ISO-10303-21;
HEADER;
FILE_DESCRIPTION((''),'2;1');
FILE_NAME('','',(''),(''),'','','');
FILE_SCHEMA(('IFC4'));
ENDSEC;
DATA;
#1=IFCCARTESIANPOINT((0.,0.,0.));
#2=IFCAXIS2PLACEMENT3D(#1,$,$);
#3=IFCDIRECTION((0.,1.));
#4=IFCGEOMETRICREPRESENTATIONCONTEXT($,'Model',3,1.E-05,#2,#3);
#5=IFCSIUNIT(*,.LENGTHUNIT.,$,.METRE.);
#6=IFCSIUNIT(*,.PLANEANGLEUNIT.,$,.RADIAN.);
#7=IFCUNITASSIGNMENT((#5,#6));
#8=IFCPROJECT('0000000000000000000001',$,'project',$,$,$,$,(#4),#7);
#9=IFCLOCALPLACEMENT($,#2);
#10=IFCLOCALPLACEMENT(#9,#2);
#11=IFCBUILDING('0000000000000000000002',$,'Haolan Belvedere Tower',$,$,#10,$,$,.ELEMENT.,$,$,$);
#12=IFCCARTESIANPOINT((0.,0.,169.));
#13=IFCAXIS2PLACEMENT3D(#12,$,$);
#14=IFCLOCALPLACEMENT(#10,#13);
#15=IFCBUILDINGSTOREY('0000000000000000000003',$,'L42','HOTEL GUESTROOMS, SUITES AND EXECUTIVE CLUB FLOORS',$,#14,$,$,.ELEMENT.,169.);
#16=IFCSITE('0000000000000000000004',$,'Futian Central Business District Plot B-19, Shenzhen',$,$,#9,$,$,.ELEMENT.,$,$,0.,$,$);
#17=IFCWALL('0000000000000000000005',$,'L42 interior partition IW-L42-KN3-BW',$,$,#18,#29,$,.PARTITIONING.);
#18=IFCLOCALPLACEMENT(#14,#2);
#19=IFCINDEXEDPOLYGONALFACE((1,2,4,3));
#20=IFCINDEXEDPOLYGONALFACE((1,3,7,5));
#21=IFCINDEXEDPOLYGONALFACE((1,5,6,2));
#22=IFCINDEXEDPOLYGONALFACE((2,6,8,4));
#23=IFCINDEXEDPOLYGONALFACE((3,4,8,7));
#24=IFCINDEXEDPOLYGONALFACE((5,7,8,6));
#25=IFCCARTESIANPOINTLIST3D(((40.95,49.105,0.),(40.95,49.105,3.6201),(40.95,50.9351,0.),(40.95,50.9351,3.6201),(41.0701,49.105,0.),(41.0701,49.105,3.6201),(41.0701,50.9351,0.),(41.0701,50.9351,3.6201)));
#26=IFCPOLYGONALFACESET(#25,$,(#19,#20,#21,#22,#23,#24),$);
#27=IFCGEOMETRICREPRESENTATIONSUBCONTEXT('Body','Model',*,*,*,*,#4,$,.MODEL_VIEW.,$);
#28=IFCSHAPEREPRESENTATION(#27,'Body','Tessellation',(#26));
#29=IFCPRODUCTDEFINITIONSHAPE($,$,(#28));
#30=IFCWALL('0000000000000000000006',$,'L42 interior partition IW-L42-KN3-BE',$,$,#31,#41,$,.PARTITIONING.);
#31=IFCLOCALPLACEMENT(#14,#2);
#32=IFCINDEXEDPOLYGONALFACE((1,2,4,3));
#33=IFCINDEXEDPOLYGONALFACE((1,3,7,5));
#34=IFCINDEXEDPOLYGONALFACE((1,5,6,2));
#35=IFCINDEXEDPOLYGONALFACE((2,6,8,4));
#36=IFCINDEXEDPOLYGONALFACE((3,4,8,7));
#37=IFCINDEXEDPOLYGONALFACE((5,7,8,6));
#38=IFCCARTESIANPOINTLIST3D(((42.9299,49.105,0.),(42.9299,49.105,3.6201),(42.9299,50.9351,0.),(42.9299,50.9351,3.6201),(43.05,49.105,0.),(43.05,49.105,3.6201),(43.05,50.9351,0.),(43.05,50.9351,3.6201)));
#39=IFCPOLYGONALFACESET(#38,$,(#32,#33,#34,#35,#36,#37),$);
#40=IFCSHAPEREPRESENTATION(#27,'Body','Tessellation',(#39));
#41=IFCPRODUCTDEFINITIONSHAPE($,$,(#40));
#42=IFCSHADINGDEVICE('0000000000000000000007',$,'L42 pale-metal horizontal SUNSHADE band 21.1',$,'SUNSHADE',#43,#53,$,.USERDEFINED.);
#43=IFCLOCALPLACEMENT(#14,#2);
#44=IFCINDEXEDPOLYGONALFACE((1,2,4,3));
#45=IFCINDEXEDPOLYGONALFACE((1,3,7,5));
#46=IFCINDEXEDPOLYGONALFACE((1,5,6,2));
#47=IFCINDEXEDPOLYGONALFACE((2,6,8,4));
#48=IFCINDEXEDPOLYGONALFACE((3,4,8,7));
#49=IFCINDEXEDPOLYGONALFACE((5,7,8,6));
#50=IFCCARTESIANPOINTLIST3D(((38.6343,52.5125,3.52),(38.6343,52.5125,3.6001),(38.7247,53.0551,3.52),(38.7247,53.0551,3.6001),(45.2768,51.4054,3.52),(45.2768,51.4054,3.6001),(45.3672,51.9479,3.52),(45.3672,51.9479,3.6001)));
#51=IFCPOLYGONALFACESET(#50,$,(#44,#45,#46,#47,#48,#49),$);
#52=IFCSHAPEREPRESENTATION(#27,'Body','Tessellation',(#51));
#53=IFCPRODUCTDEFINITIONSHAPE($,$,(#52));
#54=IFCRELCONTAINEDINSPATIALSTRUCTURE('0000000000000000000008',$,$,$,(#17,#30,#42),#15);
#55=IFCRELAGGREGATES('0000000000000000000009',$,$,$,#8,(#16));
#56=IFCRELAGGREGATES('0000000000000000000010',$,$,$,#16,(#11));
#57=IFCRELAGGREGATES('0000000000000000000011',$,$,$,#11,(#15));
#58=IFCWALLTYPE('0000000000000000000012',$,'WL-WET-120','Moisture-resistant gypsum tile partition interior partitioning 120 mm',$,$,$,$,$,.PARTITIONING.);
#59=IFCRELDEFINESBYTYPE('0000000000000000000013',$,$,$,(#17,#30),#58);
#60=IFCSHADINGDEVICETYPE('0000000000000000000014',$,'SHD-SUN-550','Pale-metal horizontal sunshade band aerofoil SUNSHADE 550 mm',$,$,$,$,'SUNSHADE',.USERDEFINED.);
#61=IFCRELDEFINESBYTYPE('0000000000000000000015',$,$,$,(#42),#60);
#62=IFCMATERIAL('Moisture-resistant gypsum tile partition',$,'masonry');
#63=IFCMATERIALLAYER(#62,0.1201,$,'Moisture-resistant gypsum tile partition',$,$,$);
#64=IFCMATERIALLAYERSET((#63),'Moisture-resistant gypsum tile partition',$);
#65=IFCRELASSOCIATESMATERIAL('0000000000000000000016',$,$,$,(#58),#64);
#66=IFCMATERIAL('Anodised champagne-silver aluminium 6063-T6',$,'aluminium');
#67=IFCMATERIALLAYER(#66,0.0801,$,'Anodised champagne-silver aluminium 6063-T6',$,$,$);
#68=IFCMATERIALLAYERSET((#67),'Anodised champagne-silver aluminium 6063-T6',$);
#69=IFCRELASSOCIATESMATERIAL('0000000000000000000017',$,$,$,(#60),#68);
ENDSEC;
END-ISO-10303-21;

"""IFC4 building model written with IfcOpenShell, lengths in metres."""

from ifc_helpers import new_model, si_unit, direction, frame, frame_2d, origin, origin_2d, place, context, subcontext, project, spatial, rectangle, extrude, material, layer, layer_set, type_object, element, save


model = new_model("IFC4")

# Units and contexts
model_context = context("Model", 3, precision=1e-05, world=origin(), true_north=direction((0.0, 1.0)))
body_context = subcontext(model_context, "Body", "Model", "MODEL_VIEW")
ifc_project = project(units=[si_unit("LENGTHUNIT", "METRE"), si_unit("PLANEANGLEUNIT", "RADIAN")], contexts=[model_context])

# Site, building, storey
site_placement = place(None, origin())
site = spatial("IfcSite", under=ifc_project, at=site_placement, Name="Futian Central Business District Plot B-19, Shenzhen", CompositionType="ELEMENT", RefElevation=0.0)
building_placement = place(site_placement, origin())
building = spatial("IfcBuilding", under=site, at=building_placement, Name="Haolan Belvedere Tower", CompositionType="ELEMENT")
storey_placement = place(building_placement, frame((0.0, 0.0, 169.0)))
storey = spatial("IfcBuildingStorey", under=building, at=storey_placement, Name="L42", Description="HOTEL GUESTROOMS, SUITES AND EXECUTIVE CLUB FLOORS", CompositionType="ELEMENT", Elevation=169.0)

# Shared definitions
ifc_material_1 = material(Name="Moisture-resistant gypsum tile partition", Category="masonry")
ifc_layer_1 = layer(ifc_material_1, 0.1201, Name="Moisture-resistant gypsum tile partition")
ifc_layer_set_1 = layer_set([ifc_layer_1], Name="Moisture-resistant gypsum tile partition")
wall_type_1 = type_object("IfcWallType", Name="WL-WET-120", Description="Moisture-resistant gypsum tile partition interior partitioning 120 mm", PredefinedType="PARTITIONING", material=ifc_layer_set_1)

# Walls
for number, where, z_axis, x_axis, name in (
    (1, (41.01, 49.105, 0.0), (0.0, 0.0, 1.0), (0.0, 1.0, 0.0), "L42 interior partition IW-L42-KN3-BW"),
    (2, (42.99, 49.105, 0.0), (0.0, 0.0, 1.0), (0.0, 1.0, 0.0), "L42 interior partition IW-L42-KN3-BE"),
):
    element("IfcWall", number, at=place(storey_placement, frame(where, z_axis=z_axis, x_axis=x_axis)), inside=storey, type_object=wall_type_1, Name=name, PredefinedType="PARTITIONING", context=body_context, shape_type="SweptSolid", body=[
        extrude(rectangle(XDim=1.8301, YDim=0.1201, at=frame_2d((0.915, 0.0))), origin(), (0.0, 0.0, 1.0), 3.6201),
    ])

# Shading device
ifc_material_2 = material(Name="Anodised champagne-silver aluminium 6063-T6", Category="aluminium")
ifc_layer_2 = layer(ifc_material_2, 0.0801, Name="Anodised champagne-silver aluminium 6063-T6")
ifc_layer_set_2 = layer_set([ifc_layer_2], Name="Anodised champagne-silver aluminium 6063-T6")
shading_device_type = type_object("IfcShadingDeviceType", Name="SHD-SUN-550", Description="Pale-metal horizontal sunshade band aerofoil SUNSHADE 550 mm", ElementType="SUNSHADE", PredefinedType="USERDEFINED", material=ifc_layer_set_2)
shading_device_placement = place(storey_placement, frame((42.0007, 52.2302, 3.52), z_axis=(0.0, 0.0, 1.0), x_axis=(-0.986392, 0.164411, 0.0)))
element("IfcShadingDevice", 3, at=shading_device_placement, inside=storey, type_object=shading_device_type, Name="L42 pale-metal horizontal SUNSHADE band 21.1", ObjectType="SUNSHADE", PredefinedType="USERDEFINED", context=body_context, shape_type="SweptSolid", body=[
    extrude(rectangle(XDim=6.7341, YDim=0.55, at=origin_2d()), origin(), (0.0, 0.0, 1.0), 0.0801),
])

save(model, "model.ifc")
